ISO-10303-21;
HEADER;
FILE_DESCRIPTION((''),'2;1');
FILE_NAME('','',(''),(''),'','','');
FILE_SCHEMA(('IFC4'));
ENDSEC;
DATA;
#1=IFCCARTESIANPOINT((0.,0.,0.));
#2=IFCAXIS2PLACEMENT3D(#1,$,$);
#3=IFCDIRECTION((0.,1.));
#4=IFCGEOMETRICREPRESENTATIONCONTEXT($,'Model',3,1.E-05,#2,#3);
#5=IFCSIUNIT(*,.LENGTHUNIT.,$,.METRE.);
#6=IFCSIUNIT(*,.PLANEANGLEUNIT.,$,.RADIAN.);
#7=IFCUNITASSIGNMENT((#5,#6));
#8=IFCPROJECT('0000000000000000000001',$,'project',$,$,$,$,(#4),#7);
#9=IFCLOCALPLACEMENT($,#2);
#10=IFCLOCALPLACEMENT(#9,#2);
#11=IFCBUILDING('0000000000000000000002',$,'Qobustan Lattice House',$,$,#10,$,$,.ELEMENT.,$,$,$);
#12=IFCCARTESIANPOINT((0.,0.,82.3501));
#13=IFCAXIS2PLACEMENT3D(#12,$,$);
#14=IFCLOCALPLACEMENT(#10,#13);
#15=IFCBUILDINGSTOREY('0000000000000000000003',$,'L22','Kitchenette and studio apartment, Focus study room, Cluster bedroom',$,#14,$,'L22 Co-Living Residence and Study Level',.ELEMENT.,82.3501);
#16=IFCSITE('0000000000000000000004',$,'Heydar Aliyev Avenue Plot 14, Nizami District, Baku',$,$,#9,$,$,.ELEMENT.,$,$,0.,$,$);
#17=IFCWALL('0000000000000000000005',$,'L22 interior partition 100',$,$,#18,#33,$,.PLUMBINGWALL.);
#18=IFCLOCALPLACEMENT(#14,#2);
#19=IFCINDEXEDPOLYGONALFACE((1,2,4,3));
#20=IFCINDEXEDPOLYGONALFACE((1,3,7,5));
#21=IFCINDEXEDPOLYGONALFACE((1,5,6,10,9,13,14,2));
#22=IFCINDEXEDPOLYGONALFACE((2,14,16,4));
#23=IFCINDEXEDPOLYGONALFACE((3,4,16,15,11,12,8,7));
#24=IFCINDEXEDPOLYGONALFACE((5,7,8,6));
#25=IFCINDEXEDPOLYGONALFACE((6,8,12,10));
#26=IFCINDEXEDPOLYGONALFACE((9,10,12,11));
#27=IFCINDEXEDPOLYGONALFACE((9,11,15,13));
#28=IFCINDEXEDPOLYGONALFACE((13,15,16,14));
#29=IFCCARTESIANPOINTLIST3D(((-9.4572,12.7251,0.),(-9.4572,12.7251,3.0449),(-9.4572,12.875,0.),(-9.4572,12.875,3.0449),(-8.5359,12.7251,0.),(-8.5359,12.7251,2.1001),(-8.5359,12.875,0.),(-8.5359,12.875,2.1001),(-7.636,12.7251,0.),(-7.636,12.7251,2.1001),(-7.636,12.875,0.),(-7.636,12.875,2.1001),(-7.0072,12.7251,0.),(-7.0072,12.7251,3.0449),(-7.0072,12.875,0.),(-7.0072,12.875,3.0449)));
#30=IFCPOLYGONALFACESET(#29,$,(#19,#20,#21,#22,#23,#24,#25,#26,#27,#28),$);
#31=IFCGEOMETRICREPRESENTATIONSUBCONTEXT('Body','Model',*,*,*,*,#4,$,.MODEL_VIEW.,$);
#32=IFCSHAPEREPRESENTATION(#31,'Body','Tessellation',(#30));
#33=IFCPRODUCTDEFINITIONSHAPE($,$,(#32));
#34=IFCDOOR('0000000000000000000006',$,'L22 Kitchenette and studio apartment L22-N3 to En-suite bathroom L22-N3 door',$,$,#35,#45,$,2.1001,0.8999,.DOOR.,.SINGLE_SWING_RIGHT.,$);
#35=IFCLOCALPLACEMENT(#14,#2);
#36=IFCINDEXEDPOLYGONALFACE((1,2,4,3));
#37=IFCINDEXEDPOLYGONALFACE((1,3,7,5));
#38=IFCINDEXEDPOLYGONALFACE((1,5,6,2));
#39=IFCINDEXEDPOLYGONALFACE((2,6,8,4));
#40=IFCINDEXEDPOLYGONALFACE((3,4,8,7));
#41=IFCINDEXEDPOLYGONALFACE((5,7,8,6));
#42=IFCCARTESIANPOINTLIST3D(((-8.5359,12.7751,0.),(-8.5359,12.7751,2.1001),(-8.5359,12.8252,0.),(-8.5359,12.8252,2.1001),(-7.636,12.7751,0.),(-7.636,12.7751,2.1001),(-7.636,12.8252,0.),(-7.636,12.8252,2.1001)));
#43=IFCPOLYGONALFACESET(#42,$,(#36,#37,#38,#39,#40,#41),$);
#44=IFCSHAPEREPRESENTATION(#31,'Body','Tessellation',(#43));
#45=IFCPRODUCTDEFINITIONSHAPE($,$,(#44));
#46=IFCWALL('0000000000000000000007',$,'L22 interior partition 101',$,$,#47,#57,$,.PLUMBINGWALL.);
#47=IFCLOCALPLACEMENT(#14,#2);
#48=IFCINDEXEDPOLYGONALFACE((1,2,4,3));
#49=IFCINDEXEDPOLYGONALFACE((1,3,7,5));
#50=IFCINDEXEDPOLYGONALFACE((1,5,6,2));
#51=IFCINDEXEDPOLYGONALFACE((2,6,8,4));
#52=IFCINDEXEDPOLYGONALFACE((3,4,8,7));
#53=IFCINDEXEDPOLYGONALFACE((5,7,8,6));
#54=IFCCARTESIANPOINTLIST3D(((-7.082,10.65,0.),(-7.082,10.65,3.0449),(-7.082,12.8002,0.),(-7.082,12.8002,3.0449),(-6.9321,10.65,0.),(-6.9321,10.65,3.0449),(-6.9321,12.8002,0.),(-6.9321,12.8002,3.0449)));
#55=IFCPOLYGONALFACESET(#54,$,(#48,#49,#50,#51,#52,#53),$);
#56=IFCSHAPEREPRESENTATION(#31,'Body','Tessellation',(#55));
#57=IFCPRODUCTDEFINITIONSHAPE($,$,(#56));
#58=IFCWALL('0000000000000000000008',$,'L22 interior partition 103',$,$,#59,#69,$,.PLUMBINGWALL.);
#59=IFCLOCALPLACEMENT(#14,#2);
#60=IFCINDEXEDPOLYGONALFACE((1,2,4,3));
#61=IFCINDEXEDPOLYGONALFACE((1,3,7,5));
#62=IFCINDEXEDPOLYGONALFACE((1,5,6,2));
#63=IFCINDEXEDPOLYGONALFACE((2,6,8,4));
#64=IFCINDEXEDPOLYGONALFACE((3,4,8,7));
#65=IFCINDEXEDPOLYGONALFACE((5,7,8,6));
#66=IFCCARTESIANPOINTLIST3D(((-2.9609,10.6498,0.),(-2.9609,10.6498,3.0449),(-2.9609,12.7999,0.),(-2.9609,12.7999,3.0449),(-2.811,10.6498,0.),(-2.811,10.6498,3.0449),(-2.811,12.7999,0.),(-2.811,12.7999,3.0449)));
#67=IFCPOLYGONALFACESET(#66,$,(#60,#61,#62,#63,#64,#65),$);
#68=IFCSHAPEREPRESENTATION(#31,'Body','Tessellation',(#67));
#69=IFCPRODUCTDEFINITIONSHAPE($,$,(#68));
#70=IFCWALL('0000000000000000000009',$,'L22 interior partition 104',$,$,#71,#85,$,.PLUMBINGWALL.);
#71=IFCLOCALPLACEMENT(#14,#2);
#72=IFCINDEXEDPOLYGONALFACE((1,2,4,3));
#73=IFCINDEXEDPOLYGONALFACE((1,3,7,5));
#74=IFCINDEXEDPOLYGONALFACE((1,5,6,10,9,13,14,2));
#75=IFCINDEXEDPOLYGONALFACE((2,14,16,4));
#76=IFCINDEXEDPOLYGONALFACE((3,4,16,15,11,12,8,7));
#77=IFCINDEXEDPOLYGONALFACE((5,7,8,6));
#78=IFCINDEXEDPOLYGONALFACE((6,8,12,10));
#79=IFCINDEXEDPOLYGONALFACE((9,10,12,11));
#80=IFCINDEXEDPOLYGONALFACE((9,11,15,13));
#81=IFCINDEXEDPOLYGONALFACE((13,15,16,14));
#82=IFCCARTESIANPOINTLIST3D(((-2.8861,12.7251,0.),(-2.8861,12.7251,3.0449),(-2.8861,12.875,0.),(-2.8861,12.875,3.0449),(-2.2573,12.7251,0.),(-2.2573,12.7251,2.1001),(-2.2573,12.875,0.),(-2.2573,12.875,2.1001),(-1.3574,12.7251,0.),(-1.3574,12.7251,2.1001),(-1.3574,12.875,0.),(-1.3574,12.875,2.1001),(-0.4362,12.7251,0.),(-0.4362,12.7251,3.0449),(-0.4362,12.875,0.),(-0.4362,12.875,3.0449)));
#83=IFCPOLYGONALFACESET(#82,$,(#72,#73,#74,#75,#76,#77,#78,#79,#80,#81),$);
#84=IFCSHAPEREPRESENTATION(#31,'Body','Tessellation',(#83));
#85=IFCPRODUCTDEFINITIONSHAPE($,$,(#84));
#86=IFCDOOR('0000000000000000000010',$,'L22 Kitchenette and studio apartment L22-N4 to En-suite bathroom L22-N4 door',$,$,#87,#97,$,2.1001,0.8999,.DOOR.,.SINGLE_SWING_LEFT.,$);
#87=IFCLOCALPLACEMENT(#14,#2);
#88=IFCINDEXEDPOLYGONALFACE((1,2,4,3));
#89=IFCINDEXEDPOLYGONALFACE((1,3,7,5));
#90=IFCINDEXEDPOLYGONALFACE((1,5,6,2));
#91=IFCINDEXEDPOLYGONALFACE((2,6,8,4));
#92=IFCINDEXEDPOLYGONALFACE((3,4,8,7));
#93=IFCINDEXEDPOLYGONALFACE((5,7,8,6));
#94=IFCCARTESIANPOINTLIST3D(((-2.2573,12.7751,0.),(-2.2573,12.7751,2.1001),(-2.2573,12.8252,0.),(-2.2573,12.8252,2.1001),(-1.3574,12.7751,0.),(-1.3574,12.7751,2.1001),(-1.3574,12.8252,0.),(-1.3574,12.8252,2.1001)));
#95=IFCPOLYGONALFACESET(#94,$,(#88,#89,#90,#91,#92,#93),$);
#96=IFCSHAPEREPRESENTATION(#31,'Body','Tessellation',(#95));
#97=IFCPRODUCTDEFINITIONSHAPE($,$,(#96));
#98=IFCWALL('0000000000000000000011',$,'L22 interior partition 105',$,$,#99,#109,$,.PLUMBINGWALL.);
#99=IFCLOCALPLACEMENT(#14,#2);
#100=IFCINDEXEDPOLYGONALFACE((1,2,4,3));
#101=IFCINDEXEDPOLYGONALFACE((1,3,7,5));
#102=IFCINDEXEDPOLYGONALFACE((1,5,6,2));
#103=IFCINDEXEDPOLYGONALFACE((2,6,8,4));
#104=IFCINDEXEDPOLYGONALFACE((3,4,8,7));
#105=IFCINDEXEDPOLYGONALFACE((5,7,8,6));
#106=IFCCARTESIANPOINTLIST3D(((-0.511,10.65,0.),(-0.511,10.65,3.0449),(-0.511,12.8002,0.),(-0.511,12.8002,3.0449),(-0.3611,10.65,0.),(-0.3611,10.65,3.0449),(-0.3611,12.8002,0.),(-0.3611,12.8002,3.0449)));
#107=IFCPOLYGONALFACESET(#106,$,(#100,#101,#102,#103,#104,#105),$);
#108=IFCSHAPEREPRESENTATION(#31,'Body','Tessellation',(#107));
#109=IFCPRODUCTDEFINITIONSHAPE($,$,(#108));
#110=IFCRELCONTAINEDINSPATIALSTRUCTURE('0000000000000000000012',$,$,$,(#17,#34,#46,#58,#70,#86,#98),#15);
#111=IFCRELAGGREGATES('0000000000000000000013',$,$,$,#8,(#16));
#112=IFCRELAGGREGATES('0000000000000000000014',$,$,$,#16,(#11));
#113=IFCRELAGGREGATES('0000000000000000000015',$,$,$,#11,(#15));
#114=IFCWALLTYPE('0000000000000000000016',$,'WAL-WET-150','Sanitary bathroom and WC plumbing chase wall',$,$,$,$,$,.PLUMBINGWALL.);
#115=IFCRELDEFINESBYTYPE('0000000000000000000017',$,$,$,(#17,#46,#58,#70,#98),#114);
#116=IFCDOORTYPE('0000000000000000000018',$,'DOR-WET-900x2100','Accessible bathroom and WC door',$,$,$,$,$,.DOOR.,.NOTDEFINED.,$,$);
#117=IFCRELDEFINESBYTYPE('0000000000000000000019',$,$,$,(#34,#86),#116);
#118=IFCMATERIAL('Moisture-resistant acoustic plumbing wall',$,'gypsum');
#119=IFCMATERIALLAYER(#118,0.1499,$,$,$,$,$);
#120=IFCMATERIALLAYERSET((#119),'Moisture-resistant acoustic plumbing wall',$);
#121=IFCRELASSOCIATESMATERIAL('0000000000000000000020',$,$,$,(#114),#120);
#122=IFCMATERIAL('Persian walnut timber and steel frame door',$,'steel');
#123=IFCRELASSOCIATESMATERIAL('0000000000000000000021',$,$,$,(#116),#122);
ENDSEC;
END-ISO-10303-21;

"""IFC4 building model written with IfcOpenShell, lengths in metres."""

from ifc_helpers import new_model, si_unit, direction, frame, frame_2d, origin, place, context, subcontext, project, spatial, rectangle, extrude, material, layer, layer_set, type_object, element, fill, save


model = new_model("IFC4")

# Units and contexts
model_context = context("Model", 3, precision=1e-05, world=origin(), true_north=direction((0.0, 1.0)))
body_context = subcontext(model_context, "Body", "Model", "MODEL_VIEW")
ifc_project = project(units=[si_unit("LENGTHUNIT", "METRE"), si_unit("PLANEANGLEUNIT", "RADIAN")], contexts=[model_context])

# Site, building, storey
site_placement = place(None, origin())
site = spatial("IfcSite", under=ifc_project, at=site_placement, Name="Heydar Aliyev Avenue Plot 14, Nizami District, Baku", CompositionType="ELEMENT", RefElevation=0.0)
building_placement = place(site_placement, origin())
building = spatial("IfcBuilding", under=site, at=building_placement, Name="Qobustan Lattice House", CompositionType="ELEMENT")
storey_placement = place(building_placement, frame((0.0, 0.0, 82.3501)))
storey = spatial("IfcBuildingStorey", under=building, at=storey_placement, Name="L22", Description="Kitchenette and studio apartment, Focus study room, Cluster bedroom", LongName="L22 Co-Living Residence and Study Level", CompositionType="ELEMENT", Elevation=82.3501)

# Shared definitions
ifc_material_1 = material(Name="Moisture-resistant acoustic plumbing wall", Category="gypsum")
ifc_layer_1 = layer(ifc_material_1, 0.1499)
ifc_layer_set_1 = layer_set([ifc_layer_1], Name="Moisture-resistant acoustic plumbing wall")
wall_type_1 = type_object("IfcWallType", Name="WAL-WET-150", Description="Sanitary bathroom and WC plumbing chase wall", PredefinedType="PLUMBINGWALL", material=ifc_layer_set_1)

# Wall, opening, door
wall_1_placement = place(storey_placement, frame((-7.0071, 12.8, 0.0), z_axis=(0.0, 0.0, 1.0), x_axis=(-1.0, 0.0, 0.0)))
wall_1 = element("IfcWall", 1, at=wall_1_placement, inside=storey, type_object=wall_type_1, Name="L22 interior partition 100", PredefinedType="PLUMBINGWALL", context=body_context, shape_type="SweptSolid", body=[
    extrude(rectangle(XDim=2.45, YDim=0.1499, at=frame_2d((1.2251, 0.0))), origin(), (0.0, 0.0, 1.0), 3.0449),
])
opening_1_placement = place(wall_1_placement, frame((0.6289, 0.0, 0.0)))
opening_1 = element("IfcOpeningElement", 2, at=opening_1_placement, cuts=wall_1, PredefinedType="OPENING", context=body_context, shape_type="SweptSolid", body=[
    extrude(rectangle(XDim=0.8999, YDim=2.1001, at=frame_2d((0.45, 1.05))), frame((0.0, 0.085, 0.0), z_axis=(0.0, -1.0, 0.0), x_axis=(1.0, 0.0, 0.0)), (0.0, 0.0, 1.0), 0.1699),
])
ifc_material_2 = material(Name="Persian walnut timber and steel frame door", Category="steel")
door_type = type_object("IfcDoorType", Name="DOR-WET-900x2100", Description="Accessible bathroom and WC door", OperationType="NOTDEFINED", PredefinedType="DOOR", material=ifc_material_2)
door_1_placement = place(opening_1_placement, origin())
door_1 = element("IfcDoor", 3, at=door_1_placement, inside=storey, type_object=door_type, Name="L22 Kitchenette and studio apartment L22-N3 to En-suite bathroom L22-N3 door", OperationType="SINGLE_SWING_RIGHT", OverallHeight=2.1001, OverallWidth=0.8999, PredefinedType="DOOR", context=body_context, shape_type="SweptSolid", body=[
    extrude(rectangle(XDim=0.8999, YDim=2.1001, at=frame_2d((0.45, 1.05))), frame((0.0, 0.0249, 0.0), z_axis=(0.0, -1.0, 0.0), x_axis=(1.0, 0.0, 0.0)), (0.0, 0.0, 1.0), 0.05),
])
fill(opening_1, door_1)

# Walls
for number, where, z_axis, x_axis, name in (
    (4, (-7.0071, 10.6499, 0.0), (0.0, 0.0, 1.0), (0.0, 1.0, 0.0), "L22 interior partition 101"),
    (5, (-2.886, 12.8, 0.0), (0.0, 0.0, 1.0), (0.0, -1.0, 0.0), "L22 interior partition 103"),
):
    element("IfcWall", number, at=place(storey_placement, frame(where, z_axis=z_axis, x_axis=x_axis)), inside=storey, type_object=wall_type_1, Name=name, PredefinedType="PLUMBINGWALL", context=body_context, shape_type="SweptSolid", body=[
        extrude(rectangle(XDim=2.1501, YDim=0.1499, at=frame_2d((1.0752, 0.0))), origin(), (0.0, 0.0, 1.0), 3.0449),
    ])

# Wall, opening, door
wall_2_placement = place(storey_placement, frame((-0.436, 12.8, 0.0), z_axis=(0.0, 0.0, 1.0), x_axis=(-1.0, 0.0, 0.0)))
wall_2 = element("IfcWall", 6, at=wall_2_placement, inside=storey, type_object=wall_type_1, Name="L22 interior partition 104", PredefinedType="PLUMBINGWALL", context=body_context, shape_type="SweptSolid", body=[
    extrude(rectangle(XDim=2.45, YDim=0.1499, at=frame_2d((1.2251, 0.0))), origin(), (0.0, 0.0, 1.0), 3.0449),
])
opening_2_placement = place(wall_2_placement, frame((0.9214, 0.0, 0.0)))
opening_2 = element("IfcOpeningElement", 7, at=opening_2_placement, cuts=wall_2, PredefinedType="OPENING", context=body_context, shape_type="SweptSolid", body=[
    extrude(rectangle(XDim=0.8999, YDim=2.1001, at=frame_2d((0.45, 1.05))), frame((0.0, 0.085, 0.0), z_axis=(0.0, -1.0, 0.0), x_axis=(1.0, 0.0, 0.0)), (0.0, 0.0, 1.0), 0.1699),
])
door_2_placement = place(opening_2_placement, origin())
door_2 = element("IfcDoor", 8, at=door_2_placement, inside=storey, type_object=door_type, Name="L22 Kitchenette and studio apartment L22-N4 to En-suite bathroom L22-N4 door", OperationType="SINGLE_SWING_LEFT", OverallHeight=2.1001, OverallWidth=0.8999, PredefinedType="DOOR", context=body_context, shape_type="SweptSolid", body=[
    extrude(rectangle(XDim=0.8999, YDim=2.1001, at=frame_2d((0.45, 1.05))), frame((0.0, 0.0249, 0.0), z_axis=(0.0, -1.0, 0.0), x_axis=(1.0, 0.0, 0.0)), (0.0, 0.0, 1.0), 0.05),
])
fill(opening_2, door_2)

# Wall
wall_3_placement = place(storey_placement, frame((-0.436, 10.6499, 0.0), z_axis=(0.0, 0.0, 1.0), x_axis=(0.0, 1.0, 0.0)))
element("IfcWall", 9, at=wall_3_placement, inside=storey, type_object=wall_type_1, Name="L22 interior partition 105", PredefinedType="PLUMBINGWALL", context=body_context, shape_type="SweptSolid", body=[
    extrude(rectangle(XDim=2.1501, YDim=0.1499, at=frame_2d((1.0752, 0.0))), origin(), (0.0, 0.0, 1.0), 3.0449),
])

save(model, "model.ifc")
